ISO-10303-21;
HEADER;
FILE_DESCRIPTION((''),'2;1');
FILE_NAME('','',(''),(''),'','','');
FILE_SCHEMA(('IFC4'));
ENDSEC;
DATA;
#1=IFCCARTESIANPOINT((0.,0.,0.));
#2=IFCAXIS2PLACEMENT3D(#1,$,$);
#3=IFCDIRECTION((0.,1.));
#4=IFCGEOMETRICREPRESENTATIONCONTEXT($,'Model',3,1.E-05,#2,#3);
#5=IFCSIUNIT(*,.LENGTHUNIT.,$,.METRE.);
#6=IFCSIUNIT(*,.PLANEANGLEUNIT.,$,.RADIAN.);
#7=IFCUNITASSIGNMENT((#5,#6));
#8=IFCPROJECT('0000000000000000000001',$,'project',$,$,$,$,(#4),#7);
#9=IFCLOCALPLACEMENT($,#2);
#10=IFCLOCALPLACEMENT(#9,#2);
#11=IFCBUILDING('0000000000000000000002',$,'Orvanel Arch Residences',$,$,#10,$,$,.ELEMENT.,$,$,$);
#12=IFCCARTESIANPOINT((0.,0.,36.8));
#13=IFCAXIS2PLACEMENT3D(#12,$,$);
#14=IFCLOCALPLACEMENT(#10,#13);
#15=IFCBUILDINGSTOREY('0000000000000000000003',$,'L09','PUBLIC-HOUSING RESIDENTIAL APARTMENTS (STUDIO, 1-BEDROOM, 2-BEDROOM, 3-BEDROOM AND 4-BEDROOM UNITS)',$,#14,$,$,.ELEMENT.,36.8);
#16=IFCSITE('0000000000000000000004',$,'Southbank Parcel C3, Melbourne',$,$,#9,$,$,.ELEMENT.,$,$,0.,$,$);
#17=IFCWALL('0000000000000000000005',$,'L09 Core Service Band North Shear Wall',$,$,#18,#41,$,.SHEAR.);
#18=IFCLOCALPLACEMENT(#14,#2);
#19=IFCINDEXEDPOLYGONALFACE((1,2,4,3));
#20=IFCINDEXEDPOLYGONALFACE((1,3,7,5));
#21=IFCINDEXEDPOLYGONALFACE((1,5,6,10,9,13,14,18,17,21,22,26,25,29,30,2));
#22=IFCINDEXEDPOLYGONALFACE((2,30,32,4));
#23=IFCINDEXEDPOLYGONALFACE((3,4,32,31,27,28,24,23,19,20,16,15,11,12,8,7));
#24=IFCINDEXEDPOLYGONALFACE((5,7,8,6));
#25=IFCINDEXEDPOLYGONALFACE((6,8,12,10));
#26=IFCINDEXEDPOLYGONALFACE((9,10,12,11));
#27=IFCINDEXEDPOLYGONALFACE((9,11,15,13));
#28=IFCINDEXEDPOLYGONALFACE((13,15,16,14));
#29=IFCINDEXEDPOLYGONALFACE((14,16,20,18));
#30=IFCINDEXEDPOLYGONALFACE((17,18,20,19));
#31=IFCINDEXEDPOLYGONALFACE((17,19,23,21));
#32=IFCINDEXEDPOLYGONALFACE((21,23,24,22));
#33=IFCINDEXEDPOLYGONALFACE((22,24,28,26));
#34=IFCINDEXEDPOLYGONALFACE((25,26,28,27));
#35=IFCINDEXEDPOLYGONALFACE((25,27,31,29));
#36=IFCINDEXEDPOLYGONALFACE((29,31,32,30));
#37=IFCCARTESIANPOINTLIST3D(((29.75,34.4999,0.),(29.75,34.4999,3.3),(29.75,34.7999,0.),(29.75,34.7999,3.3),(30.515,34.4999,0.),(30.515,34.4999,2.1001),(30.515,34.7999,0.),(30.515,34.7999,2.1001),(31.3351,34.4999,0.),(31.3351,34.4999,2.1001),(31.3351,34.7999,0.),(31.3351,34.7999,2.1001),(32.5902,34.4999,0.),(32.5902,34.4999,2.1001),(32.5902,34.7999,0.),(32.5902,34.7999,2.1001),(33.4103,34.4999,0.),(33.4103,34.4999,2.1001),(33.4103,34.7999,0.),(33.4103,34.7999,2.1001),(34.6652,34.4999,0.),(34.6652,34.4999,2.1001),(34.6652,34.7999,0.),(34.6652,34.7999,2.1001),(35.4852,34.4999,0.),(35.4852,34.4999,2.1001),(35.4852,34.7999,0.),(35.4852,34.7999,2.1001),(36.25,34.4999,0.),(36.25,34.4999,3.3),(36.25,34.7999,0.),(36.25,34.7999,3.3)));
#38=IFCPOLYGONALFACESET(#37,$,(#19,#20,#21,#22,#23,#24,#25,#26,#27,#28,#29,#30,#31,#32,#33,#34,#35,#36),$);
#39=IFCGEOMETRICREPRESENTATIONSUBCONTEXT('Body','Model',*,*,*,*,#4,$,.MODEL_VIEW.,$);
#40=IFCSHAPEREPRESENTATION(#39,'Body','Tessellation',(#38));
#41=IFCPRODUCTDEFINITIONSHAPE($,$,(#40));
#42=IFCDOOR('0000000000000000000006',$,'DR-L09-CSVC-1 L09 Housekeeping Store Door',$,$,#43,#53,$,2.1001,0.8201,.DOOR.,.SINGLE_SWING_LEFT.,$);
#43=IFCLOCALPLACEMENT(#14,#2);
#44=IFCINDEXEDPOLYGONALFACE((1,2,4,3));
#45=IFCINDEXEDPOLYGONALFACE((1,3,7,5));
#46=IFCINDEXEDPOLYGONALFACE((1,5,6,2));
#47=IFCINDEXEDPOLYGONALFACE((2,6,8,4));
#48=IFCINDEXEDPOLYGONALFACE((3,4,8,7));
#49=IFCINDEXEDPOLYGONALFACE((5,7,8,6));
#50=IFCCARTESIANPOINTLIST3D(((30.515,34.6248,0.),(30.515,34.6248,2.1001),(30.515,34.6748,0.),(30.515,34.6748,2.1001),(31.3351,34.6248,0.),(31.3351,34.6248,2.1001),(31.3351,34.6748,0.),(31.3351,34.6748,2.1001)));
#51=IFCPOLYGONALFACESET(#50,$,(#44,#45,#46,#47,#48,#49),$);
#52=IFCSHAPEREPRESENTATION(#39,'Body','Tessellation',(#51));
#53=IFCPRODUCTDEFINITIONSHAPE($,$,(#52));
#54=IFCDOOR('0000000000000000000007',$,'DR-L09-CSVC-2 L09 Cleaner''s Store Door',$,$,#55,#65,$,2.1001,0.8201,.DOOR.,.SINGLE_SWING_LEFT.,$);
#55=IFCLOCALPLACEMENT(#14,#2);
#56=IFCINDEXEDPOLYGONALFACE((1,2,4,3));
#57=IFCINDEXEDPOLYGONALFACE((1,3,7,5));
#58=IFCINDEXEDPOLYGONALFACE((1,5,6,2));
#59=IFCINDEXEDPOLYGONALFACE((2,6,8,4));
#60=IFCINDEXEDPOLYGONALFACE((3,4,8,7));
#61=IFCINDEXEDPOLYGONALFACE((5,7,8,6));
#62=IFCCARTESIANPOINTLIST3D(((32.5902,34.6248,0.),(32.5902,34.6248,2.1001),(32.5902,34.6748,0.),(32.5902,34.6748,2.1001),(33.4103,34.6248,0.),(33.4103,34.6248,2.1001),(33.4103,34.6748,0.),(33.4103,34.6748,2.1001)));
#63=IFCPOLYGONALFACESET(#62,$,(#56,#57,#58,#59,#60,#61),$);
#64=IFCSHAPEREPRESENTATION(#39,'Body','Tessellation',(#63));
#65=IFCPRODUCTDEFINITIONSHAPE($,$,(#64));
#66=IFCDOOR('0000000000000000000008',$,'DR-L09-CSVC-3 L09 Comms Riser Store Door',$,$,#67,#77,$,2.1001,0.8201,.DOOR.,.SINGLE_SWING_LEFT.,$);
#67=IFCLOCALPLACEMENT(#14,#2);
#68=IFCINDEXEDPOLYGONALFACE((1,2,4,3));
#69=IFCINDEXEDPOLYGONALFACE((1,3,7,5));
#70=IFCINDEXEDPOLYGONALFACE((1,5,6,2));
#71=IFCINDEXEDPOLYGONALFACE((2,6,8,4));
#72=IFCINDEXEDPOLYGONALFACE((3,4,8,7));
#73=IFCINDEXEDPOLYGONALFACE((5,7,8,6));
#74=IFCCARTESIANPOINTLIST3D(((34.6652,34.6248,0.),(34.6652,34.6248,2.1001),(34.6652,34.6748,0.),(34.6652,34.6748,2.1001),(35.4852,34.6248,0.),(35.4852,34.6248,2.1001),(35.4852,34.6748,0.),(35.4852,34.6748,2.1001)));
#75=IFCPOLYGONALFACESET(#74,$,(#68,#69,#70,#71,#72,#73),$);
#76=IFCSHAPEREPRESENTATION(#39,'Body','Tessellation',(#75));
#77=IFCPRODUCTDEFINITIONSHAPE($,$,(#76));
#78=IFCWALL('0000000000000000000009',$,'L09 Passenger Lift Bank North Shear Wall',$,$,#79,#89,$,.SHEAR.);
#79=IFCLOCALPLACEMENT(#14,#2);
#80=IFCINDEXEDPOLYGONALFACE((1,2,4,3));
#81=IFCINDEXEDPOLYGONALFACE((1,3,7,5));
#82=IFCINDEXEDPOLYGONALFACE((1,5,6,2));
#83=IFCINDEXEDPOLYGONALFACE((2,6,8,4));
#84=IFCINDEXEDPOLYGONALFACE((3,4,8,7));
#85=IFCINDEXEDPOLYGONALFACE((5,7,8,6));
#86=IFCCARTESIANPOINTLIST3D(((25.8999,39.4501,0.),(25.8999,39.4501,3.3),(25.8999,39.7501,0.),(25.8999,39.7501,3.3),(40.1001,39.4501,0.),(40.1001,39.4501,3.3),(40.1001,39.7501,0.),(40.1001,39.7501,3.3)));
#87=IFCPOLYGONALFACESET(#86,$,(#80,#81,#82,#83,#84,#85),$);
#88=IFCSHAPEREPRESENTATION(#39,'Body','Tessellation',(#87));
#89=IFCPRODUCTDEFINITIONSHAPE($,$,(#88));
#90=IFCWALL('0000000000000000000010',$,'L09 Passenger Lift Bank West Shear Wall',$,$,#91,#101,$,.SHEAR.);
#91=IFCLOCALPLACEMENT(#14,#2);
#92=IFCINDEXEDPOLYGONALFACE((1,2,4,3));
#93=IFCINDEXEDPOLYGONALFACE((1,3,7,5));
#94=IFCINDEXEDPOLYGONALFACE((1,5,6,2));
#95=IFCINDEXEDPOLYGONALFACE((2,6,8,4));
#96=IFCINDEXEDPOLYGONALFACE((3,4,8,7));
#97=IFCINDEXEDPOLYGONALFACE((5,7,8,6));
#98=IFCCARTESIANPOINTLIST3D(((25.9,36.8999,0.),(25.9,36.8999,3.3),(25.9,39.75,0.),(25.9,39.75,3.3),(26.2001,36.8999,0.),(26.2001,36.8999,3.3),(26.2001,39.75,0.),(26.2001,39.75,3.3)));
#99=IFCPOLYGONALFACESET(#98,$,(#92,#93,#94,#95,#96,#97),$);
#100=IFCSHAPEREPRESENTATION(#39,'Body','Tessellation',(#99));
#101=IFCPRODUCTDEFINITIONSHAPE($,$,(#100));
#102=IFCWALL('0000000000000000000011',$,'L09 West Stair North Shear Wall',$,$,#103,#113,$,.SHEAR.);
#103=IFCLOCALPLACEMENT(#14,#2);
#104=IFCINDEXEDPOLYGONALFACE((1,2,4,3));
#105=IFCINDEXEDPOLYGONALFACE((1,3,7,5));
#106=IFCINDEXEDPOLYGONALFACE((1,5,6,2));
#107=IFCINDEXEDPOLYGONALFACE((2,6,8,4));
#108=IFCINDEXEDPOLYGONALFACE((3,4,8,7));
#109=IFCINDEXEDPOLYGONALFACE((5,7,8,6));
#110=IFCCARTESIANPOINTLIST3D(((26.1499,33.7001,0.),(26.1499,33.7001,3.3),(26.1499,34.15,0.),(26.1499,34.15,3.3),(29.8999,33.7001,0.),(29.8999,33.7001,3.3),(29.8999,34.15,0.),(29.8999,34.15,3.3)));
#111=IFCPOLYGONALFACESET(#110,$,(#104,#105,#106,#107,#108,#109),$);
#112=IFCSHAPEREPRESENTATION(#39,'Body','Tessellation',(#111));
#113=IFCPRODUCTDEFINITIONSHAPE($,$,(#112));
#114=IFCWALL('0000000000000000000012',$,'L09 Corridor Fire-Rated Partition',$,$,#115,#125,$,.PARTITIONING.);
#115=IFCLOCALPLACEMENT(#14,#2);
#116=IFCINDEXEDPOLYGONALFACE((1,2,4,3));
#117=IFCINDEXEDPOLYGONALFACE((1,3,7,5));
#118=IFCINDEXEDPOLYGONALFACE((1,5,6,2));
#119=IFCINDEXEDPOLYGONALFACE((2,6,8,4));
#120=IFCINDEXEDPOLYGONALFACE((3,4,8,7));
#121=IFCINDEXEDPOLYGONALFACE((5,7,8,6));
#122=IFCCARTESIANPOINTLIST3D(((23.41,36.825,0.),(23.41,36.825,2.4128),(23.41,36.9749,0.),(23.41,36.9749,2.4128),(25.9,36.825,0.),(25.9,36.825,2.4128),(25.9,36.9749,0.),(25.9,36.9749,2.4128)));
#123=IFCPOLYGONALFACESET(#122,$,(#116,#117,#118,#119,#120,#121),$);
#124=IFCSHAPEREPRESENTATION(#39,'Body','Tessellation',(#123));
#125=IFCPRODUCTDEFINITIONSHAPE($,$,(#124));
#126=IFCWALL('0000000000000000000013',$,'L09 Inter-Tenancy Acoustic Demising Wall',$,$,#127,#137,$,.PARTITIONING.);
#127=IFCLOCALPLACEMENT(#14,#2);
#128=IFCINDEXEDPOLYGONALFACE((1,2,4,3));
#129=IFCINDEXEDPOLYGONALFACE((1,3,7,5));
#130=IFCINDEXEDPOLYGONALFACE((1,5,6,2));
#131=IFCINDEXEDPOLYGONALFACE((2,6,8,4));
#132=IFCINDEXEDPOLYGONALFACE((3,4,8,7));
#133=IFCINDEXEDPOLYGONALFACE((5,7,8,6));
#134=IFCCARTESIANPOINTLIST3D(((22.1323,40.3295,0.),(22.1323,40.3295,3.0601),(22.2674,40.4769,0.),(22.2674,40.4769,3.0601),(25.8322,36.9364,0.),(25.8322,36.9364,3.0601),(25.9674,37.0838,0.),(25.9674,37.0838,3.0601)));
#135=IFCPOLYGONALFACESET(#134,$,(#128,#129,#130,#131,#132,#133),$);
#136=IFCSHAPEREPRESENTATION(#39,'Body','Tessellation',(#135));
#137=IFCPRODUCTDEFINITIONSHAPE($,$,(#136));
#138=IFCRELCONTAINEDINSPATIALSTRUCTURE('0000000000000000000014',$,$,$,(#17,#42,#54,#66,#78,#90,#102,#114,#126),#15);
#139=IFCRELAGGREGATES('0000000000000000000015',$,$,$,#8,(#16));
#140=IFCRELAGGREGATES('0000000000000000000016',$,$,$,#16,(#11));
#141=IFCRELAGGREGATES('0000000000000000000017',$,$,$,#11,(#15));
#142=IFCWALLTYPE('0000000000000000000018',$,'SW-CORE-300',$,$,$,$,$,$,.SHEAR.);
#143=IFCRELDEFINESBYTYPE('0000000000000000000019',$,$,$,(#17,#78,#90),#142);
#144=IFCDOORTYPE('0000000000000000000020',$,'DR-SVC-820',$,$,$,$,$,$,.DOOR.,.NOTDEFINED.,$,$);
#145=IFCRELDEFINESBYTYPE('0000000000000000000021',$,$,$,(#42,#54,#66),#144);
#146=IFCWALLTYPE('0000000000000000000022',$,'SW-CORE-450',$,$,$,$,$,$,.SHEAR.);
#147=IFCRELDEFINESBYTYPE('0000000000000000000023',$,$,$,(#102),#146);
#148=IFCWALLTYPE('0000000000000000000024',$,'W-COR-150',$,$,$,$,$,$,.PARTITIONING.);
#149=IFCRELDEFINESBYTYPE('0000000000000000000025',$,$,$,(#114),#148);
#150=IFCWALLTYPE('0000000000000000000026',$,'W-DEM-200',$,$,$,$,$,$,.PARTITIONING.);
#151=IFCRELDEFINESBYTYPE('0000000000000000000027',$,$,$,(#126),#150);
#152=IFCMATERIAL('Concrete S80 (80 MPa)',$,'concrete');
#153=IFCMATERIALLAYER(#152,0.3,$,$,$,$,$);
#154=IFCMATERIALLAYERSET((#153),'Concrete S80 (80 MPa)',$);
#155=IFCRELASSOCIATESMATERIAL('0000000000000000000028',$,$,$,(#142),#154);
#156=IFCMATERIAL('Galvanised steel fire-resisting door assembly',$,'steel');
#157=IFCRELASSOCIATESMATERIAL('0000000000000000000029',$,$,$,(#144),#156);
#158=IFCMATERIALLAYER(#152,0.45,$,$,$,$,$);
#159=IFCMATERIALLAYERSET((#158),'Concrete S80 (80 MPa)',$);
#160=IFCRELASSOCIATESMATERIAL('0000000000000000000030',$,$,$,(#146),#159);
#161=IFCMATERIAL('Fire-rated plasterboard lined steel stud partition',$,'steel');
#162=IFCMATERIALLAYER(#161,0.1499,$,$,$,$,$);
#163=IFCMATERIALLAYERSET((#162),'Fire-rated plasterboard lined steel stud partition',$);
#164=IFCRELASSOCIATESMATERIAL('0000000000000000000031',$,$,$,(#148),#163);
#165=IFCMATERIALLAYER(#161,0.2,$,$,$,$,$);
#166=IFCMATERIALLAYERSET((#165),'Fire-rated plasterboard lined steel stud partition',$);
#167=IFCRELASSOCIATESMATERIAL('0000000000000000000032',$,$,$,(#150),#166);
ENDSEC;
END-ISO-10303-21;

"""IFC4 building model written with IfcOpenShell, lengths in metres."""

from ifc_helpers import new_model, si_unit, direction, frame, frame_2d, origin, place, context, subcontext, project, spatial, rectangle, extrude, material, layer, layer_set, type_object, element, fill, save


model = new_model("IFC4")

# Units and contexts
model_context = context("Model", 3, precision=1e-05, world=origin(), true_north=direction((0.0, 1.0)))
body_context = subcontext(model_context, "Body", "Model", "MODEL_VIEW")
ifc_project = project(units=[si_unit("LENGTHUNIT", "METRE"), si_unit("PLANEANGLEUNIT", "RADIAN")], contexts=[model_context])

# Site, building, storey
site_placement = place(None, origin())
site = spatial("IfcSite", under=ifc_project, at=site_placement, Name="Southbank Parcel C3, Melbourne", CompositionType="ELEMENT", RefElevation=0.0)
building_placement = place(site_placement, origin())
building = spatial("IfcBuilding", under=site, at=building_placement, Name="Orvanel Arch Residences", CompositionType="ELEMENT")
storey_placement = place(building_placement, frame((0.0, 0.0, 36.8)))
storey = spatial("IfcBuildingStorey", under=building, at=storey_placement, Name="L09", Description="PUBLIC-HOUSING RESIDENTIAL APARTMENTS (STUDIO, 1-BEDROOM, 2-BEDROOM, 3-BEDROOM AND 4-BEDROOM UNITS)", CompositionType="ELEMENT", Elevation=36.8)

# Wall, openings, doors
ifc_material_1 = material(Name="Concrete S80 (80 MPa)", Category="concrete")
ifc_layer_1 = layer(ifc_material_1, 0.3)
ifc_layer_set_1 = layer_set([ifc_layer_1], Name="Concrete S80 (80 MPa)")
wall_type_1 = type_object("IfcWallType", Name="SW-CORE-300", PredefinedType="SHEAR", material=ifc_layer_set_1)
wall_1_placement = place(storey_placement, frame((29.75, 34.6499, 0.0), z_axis=(0.0, 0.0, 1.0), x_axis=(1.0, 0.0, 0.0)))
wall_1 = element("IfcWall", 1, at=wall_1_placement, inside=storey, type_object=wall_type_1, Name="L09 Core Service Band North Shear Wall", PredefinedType="SHEAR", context=body_context, shape_type="SweptSolid", body=[
    extrude(rectangle(XDim=6.5, YDim=0.3, at=frame_2d((3.25, 0.0))), origin(), (0.0, 0.0, 1.0), 3.3),
])
opening_1_placement = place(wall_1_placement, frame((0.7649, 0.0, 0.0)))
opening_1 = element("IfcOpeningElement", 2, at=opening_1_placement, cuts=wall_1, PredefinedType="OPENING", context=body_context, shape_type="SweptSolid", body=[
    extrude(rectangle(XDim=0.8201, YDim=2.1001, at=frame_2d((0.4102, 1.05))), frame((0.0, 0.1599, 0.0), z_axis=(0.0, -1.0, 0.0), x_axis=(1.0, 0.0, 0.0)), (0.0, 0.0, 1.0), 0.3201),
])
opening_2_placement = place(wall_1_placement, frame((2.8401, 0.0, 0.0)))
opening_2 = element("IfcOpeningElement", 3, at=opening_2_placement, cuts=wall_1, PredefinedType="OPENING", context=body_context, shape_type="SweptSolid", body=[
    extrude(rectangle(XDim=0.8201, YDim=2.1001, at=frame_2d((0.4102, 1.05))), frame((0.0, 0.1599, 0.0), z_axis=(0.0, -1.0, 0.0), x_axis=(1.0, 0.0, 0.0)), (0.0, 0.0, 1.0), 0.3201),
])
opening_3_placement = place(wall_1_placement, frame((4.915, 0.0, 0.0)))
opening_3 = element("IfcOpeningElement", 4, at=opening_3_placement, cuts=wall_1, PredefinedType="OPENING", context=body_context, shape_type="SweptSolid", body=[
    extrude(rectangle(XDim=0.8201, YDim=2.1001, at=frame_2d((0.4102, 1.05))), frame((0.0, 0.1599, 0.0), z_axis=(0.0, -1.0, 0.0), x_axis=(1.0, 0.0, 0.0)), (0.0, 0.0, 1.0), 0.3201),
])
ifc_material_2 = material(Name="Galvanised steel fire-resisting door assembly", Category="steel")
door_type_1 = type_object("IfcDoorType", Name="DR-SVC-820", OperationType="NOTDEFINED", PredefinedType="DOOR", material=ifc_material_2)
door_1_placement = place(opening_1_placement, origin())
door_1 = element("IfcDoor", 5, at=door_1_placement, inside=storey, type_object=door_type_1, Name="DR-L09-CSVC-1 L09 Housekeeping Store Door", OperationType="SINGLE_SWING_LEFT", OverallHeight=2.1001, OverallWidth=0.8201, PredefinedType="DOOR", context=body_context, shape_type="SweptSolid", body=[
    extrude(rectangle(XDim=0.8201, YDim=2.1001, at=frame_2d((0.4102, 1.05))), frame((0.0, 0.0249, 0.0), z_axis=(0.0, -1.0, 0.0), x_axis=(1.0, 0.0, 0.0)), (0.0, 0.0, 1.0), 0.05),
])
fill(opening_1, door_1)
door_2_placement = place(opening_2_placement, origin())
door_2 = element("IfcDoor", 6, at=door_2_placement, inside=storey, type_object=door_type_1, Name="DR-L09-CSVC-2 L09 Cleaner's Store Door", OperationType="SINGLE_SWING_LEFT", OverallHeight=2.1001, OverallWidth=0.8201, PredefinedType="DOOR", context=body_context, shape_type="SweptSolid", body=[
    extrude(rectangle(XDim=0.8201, YDim=2.1001, at=frame_2d((0.4102, 1.05))), frame((0.0, 0.0249, 0.0), z_axis=(0.0, -1.0, 0.0), x_axis=(1.0, 0.0, 0.0)), (0.0, 0.0, 1.0), 0.05),
])
fill(opening_2, door_2)
door_3_placement = place(opening_3_placement, origin())
door_3 = element("IfcDoor", 7, at=door_3_placement, inside=storey, type_object=door_type_1, Name="DR-L09-CSVC-3 L09 Comms Riser Store Door", OperationType="SINGLE_SWING_LEFT", OverallHeight=2.1001, OverallWidth=0.8201, PredefinedType="DOOR", context=body_context, shape_type="SweptSolid", body=[
    extrude(rectangle(XDim=0.8201, YDim=2.1001, at=frame_2d((0.4102, 1.05))), frame((0.0, 0.0249, 0.0), z_axis=(0.0, -1.0, 0.0), x_axis=(1.0, 0.0, 0.0)), (0.0, 0.0, 1.0), 0.05),
])
fill(opening_3, door_3)

# Walls
wall_2_placement = place(storey_placement, frame((25.8999, 39.6001, 0.0), z_axis=(0.0, 0.0, 1.0), x_axis=(1.0, 0.0, 0.0)))
element("IfcWall", 8, at=wall_2_placement, inside=storey, type_object=wall_type_1, Name="L09 Passenger Lift Bank North Shear Wall", PredefinedType="SHEAR", context=body_context, shape_type="SweptSolid", body=[
    extrude(rectangle(XDim=14.2002, YDim=0.3, at=frame_2d((7.1001, 0.0))), origin(), (0.0, 0.0, 1.0), 3.3),
])
wall_3_placement = place(storey_placement, frame((26.05, 36.8999, 0.0), z_axis=(0.0, 0.0, 1.0), x_axis=(0.0, 1.0, 0.0)))
element("IfcWall", 9, at=wall_3_placement, inside=storey, type_object=wall_type_1, Name="L09 Passenger Lift Bank West Shear Wall", PredefinedType="SHEAR", context=body_context, shape_type="SweptSolid", body=[
    extrude(rectangle(XDim=2.8501, YDim=0.3, at=frame_2d((1.425, 0.0))), origin(), (0.0, 0.0, 1.0), 3.3),
])
ifc_layer_2 = layer(ifc_material_1, 0.45)
ifc_layer_set_2 = layer_set([ifc_layer_2], Name="Concrete S80 (80 MPa)")
wall_type_2 = type_object("IfcWallType", Name="SW-CORE-450", PredefinedType="SHEAR", material=ifc_layer_set_2)
wall_4_placement = place(storey_placement, frame((26.1499, 33.925, 0.0), z_axis=(0.0, 0.0, 1.0), x_axis=(1.0, 0.0, 0.0)))
element("IfcWall", 10, at=wall_4_placement, inside=storey, type_object=wall_type_2, Name="L09 West Stair North Shear Wall", PredefinedType="SHEAR", context=body_context, shape_type="SweptSolid", body=[
    extrude(rectangle(XDim=3.75, YDim=0.45, at=frame_2d((1.875, 0.0))), origin(), (0.0, 0.0, 1.0), 3.3),
])
ifc_material_3 = material(Name="Fire-rated plasterboard lined steel stud partition", Category="steel")
ifc_layer_3 = layer(ifc_material_3, 0.1499)
ifc_layer_set_3 = layer_set([ifc_layer_3], Name="Fire-rated plasterboard lined steel stud partition")
wall_type_3 = type_object("IfcWallType", Name="W-COR-150", PredefinedType="PARTITIONING", material=ifc_layer_set_3)
wall_5_placement = place(storey_placement, frame((23.4099, 36.8999, 0.0), z_axis=(0.0, 0.0, 1.0), x_axis=(1.0, 0.0, 0.0)))
element("IfcWall", 11, at=wall_5_placement, inside=storey, type_object=wall_type_3, Name="L09 Corridor Fire-Rated Partition", PredefinedType="PARTITIONING", context=body_context, shape_type="SweptSolid", body=[
    extrude(rectangle(XDim=2.49, YDim=0.1499, at=frame_2d((1.2451, 0.0))), origin(), (0.0, 0.0, 1.0), 2.4128),
])
ifc_layer_4 = layer(ifc_material_3, 0.2)
ifc_layer_set_4 = layer_set([ifc_layer_4], Name="Fire-rated plasterboard lined steel stud partition")
wall_type_4 = type_object("IfcWallType", Name="W-DEM-200", PredefinedType="PARTITIONING", material=ifc_layer_set_4)
wall_6_placement = place(storey_placement, frame((25.8999, 37.01, 0.0), z_axis=(0.0, 0.0, 1.0), x_axis=(-0.737011, 0.675881, 0.0)))
element("IfcWall", 12, at=wall_6_placement, inside=storey, type_object=wall_type_4, Name="L09 Inter-Tenancy Acoustic Demising Wall", PredefinedType="PARTITIONING", context=body_context, shape_type="SweptSolid", body=[
    extrude(rectangle(XDim=5.0203, YDim=0.2, at=frame_2d((2.5103, 0.0))), origin(), (0.0, 0.0, 1.0), 3.0601),
])

save(model, "model.ifc")
